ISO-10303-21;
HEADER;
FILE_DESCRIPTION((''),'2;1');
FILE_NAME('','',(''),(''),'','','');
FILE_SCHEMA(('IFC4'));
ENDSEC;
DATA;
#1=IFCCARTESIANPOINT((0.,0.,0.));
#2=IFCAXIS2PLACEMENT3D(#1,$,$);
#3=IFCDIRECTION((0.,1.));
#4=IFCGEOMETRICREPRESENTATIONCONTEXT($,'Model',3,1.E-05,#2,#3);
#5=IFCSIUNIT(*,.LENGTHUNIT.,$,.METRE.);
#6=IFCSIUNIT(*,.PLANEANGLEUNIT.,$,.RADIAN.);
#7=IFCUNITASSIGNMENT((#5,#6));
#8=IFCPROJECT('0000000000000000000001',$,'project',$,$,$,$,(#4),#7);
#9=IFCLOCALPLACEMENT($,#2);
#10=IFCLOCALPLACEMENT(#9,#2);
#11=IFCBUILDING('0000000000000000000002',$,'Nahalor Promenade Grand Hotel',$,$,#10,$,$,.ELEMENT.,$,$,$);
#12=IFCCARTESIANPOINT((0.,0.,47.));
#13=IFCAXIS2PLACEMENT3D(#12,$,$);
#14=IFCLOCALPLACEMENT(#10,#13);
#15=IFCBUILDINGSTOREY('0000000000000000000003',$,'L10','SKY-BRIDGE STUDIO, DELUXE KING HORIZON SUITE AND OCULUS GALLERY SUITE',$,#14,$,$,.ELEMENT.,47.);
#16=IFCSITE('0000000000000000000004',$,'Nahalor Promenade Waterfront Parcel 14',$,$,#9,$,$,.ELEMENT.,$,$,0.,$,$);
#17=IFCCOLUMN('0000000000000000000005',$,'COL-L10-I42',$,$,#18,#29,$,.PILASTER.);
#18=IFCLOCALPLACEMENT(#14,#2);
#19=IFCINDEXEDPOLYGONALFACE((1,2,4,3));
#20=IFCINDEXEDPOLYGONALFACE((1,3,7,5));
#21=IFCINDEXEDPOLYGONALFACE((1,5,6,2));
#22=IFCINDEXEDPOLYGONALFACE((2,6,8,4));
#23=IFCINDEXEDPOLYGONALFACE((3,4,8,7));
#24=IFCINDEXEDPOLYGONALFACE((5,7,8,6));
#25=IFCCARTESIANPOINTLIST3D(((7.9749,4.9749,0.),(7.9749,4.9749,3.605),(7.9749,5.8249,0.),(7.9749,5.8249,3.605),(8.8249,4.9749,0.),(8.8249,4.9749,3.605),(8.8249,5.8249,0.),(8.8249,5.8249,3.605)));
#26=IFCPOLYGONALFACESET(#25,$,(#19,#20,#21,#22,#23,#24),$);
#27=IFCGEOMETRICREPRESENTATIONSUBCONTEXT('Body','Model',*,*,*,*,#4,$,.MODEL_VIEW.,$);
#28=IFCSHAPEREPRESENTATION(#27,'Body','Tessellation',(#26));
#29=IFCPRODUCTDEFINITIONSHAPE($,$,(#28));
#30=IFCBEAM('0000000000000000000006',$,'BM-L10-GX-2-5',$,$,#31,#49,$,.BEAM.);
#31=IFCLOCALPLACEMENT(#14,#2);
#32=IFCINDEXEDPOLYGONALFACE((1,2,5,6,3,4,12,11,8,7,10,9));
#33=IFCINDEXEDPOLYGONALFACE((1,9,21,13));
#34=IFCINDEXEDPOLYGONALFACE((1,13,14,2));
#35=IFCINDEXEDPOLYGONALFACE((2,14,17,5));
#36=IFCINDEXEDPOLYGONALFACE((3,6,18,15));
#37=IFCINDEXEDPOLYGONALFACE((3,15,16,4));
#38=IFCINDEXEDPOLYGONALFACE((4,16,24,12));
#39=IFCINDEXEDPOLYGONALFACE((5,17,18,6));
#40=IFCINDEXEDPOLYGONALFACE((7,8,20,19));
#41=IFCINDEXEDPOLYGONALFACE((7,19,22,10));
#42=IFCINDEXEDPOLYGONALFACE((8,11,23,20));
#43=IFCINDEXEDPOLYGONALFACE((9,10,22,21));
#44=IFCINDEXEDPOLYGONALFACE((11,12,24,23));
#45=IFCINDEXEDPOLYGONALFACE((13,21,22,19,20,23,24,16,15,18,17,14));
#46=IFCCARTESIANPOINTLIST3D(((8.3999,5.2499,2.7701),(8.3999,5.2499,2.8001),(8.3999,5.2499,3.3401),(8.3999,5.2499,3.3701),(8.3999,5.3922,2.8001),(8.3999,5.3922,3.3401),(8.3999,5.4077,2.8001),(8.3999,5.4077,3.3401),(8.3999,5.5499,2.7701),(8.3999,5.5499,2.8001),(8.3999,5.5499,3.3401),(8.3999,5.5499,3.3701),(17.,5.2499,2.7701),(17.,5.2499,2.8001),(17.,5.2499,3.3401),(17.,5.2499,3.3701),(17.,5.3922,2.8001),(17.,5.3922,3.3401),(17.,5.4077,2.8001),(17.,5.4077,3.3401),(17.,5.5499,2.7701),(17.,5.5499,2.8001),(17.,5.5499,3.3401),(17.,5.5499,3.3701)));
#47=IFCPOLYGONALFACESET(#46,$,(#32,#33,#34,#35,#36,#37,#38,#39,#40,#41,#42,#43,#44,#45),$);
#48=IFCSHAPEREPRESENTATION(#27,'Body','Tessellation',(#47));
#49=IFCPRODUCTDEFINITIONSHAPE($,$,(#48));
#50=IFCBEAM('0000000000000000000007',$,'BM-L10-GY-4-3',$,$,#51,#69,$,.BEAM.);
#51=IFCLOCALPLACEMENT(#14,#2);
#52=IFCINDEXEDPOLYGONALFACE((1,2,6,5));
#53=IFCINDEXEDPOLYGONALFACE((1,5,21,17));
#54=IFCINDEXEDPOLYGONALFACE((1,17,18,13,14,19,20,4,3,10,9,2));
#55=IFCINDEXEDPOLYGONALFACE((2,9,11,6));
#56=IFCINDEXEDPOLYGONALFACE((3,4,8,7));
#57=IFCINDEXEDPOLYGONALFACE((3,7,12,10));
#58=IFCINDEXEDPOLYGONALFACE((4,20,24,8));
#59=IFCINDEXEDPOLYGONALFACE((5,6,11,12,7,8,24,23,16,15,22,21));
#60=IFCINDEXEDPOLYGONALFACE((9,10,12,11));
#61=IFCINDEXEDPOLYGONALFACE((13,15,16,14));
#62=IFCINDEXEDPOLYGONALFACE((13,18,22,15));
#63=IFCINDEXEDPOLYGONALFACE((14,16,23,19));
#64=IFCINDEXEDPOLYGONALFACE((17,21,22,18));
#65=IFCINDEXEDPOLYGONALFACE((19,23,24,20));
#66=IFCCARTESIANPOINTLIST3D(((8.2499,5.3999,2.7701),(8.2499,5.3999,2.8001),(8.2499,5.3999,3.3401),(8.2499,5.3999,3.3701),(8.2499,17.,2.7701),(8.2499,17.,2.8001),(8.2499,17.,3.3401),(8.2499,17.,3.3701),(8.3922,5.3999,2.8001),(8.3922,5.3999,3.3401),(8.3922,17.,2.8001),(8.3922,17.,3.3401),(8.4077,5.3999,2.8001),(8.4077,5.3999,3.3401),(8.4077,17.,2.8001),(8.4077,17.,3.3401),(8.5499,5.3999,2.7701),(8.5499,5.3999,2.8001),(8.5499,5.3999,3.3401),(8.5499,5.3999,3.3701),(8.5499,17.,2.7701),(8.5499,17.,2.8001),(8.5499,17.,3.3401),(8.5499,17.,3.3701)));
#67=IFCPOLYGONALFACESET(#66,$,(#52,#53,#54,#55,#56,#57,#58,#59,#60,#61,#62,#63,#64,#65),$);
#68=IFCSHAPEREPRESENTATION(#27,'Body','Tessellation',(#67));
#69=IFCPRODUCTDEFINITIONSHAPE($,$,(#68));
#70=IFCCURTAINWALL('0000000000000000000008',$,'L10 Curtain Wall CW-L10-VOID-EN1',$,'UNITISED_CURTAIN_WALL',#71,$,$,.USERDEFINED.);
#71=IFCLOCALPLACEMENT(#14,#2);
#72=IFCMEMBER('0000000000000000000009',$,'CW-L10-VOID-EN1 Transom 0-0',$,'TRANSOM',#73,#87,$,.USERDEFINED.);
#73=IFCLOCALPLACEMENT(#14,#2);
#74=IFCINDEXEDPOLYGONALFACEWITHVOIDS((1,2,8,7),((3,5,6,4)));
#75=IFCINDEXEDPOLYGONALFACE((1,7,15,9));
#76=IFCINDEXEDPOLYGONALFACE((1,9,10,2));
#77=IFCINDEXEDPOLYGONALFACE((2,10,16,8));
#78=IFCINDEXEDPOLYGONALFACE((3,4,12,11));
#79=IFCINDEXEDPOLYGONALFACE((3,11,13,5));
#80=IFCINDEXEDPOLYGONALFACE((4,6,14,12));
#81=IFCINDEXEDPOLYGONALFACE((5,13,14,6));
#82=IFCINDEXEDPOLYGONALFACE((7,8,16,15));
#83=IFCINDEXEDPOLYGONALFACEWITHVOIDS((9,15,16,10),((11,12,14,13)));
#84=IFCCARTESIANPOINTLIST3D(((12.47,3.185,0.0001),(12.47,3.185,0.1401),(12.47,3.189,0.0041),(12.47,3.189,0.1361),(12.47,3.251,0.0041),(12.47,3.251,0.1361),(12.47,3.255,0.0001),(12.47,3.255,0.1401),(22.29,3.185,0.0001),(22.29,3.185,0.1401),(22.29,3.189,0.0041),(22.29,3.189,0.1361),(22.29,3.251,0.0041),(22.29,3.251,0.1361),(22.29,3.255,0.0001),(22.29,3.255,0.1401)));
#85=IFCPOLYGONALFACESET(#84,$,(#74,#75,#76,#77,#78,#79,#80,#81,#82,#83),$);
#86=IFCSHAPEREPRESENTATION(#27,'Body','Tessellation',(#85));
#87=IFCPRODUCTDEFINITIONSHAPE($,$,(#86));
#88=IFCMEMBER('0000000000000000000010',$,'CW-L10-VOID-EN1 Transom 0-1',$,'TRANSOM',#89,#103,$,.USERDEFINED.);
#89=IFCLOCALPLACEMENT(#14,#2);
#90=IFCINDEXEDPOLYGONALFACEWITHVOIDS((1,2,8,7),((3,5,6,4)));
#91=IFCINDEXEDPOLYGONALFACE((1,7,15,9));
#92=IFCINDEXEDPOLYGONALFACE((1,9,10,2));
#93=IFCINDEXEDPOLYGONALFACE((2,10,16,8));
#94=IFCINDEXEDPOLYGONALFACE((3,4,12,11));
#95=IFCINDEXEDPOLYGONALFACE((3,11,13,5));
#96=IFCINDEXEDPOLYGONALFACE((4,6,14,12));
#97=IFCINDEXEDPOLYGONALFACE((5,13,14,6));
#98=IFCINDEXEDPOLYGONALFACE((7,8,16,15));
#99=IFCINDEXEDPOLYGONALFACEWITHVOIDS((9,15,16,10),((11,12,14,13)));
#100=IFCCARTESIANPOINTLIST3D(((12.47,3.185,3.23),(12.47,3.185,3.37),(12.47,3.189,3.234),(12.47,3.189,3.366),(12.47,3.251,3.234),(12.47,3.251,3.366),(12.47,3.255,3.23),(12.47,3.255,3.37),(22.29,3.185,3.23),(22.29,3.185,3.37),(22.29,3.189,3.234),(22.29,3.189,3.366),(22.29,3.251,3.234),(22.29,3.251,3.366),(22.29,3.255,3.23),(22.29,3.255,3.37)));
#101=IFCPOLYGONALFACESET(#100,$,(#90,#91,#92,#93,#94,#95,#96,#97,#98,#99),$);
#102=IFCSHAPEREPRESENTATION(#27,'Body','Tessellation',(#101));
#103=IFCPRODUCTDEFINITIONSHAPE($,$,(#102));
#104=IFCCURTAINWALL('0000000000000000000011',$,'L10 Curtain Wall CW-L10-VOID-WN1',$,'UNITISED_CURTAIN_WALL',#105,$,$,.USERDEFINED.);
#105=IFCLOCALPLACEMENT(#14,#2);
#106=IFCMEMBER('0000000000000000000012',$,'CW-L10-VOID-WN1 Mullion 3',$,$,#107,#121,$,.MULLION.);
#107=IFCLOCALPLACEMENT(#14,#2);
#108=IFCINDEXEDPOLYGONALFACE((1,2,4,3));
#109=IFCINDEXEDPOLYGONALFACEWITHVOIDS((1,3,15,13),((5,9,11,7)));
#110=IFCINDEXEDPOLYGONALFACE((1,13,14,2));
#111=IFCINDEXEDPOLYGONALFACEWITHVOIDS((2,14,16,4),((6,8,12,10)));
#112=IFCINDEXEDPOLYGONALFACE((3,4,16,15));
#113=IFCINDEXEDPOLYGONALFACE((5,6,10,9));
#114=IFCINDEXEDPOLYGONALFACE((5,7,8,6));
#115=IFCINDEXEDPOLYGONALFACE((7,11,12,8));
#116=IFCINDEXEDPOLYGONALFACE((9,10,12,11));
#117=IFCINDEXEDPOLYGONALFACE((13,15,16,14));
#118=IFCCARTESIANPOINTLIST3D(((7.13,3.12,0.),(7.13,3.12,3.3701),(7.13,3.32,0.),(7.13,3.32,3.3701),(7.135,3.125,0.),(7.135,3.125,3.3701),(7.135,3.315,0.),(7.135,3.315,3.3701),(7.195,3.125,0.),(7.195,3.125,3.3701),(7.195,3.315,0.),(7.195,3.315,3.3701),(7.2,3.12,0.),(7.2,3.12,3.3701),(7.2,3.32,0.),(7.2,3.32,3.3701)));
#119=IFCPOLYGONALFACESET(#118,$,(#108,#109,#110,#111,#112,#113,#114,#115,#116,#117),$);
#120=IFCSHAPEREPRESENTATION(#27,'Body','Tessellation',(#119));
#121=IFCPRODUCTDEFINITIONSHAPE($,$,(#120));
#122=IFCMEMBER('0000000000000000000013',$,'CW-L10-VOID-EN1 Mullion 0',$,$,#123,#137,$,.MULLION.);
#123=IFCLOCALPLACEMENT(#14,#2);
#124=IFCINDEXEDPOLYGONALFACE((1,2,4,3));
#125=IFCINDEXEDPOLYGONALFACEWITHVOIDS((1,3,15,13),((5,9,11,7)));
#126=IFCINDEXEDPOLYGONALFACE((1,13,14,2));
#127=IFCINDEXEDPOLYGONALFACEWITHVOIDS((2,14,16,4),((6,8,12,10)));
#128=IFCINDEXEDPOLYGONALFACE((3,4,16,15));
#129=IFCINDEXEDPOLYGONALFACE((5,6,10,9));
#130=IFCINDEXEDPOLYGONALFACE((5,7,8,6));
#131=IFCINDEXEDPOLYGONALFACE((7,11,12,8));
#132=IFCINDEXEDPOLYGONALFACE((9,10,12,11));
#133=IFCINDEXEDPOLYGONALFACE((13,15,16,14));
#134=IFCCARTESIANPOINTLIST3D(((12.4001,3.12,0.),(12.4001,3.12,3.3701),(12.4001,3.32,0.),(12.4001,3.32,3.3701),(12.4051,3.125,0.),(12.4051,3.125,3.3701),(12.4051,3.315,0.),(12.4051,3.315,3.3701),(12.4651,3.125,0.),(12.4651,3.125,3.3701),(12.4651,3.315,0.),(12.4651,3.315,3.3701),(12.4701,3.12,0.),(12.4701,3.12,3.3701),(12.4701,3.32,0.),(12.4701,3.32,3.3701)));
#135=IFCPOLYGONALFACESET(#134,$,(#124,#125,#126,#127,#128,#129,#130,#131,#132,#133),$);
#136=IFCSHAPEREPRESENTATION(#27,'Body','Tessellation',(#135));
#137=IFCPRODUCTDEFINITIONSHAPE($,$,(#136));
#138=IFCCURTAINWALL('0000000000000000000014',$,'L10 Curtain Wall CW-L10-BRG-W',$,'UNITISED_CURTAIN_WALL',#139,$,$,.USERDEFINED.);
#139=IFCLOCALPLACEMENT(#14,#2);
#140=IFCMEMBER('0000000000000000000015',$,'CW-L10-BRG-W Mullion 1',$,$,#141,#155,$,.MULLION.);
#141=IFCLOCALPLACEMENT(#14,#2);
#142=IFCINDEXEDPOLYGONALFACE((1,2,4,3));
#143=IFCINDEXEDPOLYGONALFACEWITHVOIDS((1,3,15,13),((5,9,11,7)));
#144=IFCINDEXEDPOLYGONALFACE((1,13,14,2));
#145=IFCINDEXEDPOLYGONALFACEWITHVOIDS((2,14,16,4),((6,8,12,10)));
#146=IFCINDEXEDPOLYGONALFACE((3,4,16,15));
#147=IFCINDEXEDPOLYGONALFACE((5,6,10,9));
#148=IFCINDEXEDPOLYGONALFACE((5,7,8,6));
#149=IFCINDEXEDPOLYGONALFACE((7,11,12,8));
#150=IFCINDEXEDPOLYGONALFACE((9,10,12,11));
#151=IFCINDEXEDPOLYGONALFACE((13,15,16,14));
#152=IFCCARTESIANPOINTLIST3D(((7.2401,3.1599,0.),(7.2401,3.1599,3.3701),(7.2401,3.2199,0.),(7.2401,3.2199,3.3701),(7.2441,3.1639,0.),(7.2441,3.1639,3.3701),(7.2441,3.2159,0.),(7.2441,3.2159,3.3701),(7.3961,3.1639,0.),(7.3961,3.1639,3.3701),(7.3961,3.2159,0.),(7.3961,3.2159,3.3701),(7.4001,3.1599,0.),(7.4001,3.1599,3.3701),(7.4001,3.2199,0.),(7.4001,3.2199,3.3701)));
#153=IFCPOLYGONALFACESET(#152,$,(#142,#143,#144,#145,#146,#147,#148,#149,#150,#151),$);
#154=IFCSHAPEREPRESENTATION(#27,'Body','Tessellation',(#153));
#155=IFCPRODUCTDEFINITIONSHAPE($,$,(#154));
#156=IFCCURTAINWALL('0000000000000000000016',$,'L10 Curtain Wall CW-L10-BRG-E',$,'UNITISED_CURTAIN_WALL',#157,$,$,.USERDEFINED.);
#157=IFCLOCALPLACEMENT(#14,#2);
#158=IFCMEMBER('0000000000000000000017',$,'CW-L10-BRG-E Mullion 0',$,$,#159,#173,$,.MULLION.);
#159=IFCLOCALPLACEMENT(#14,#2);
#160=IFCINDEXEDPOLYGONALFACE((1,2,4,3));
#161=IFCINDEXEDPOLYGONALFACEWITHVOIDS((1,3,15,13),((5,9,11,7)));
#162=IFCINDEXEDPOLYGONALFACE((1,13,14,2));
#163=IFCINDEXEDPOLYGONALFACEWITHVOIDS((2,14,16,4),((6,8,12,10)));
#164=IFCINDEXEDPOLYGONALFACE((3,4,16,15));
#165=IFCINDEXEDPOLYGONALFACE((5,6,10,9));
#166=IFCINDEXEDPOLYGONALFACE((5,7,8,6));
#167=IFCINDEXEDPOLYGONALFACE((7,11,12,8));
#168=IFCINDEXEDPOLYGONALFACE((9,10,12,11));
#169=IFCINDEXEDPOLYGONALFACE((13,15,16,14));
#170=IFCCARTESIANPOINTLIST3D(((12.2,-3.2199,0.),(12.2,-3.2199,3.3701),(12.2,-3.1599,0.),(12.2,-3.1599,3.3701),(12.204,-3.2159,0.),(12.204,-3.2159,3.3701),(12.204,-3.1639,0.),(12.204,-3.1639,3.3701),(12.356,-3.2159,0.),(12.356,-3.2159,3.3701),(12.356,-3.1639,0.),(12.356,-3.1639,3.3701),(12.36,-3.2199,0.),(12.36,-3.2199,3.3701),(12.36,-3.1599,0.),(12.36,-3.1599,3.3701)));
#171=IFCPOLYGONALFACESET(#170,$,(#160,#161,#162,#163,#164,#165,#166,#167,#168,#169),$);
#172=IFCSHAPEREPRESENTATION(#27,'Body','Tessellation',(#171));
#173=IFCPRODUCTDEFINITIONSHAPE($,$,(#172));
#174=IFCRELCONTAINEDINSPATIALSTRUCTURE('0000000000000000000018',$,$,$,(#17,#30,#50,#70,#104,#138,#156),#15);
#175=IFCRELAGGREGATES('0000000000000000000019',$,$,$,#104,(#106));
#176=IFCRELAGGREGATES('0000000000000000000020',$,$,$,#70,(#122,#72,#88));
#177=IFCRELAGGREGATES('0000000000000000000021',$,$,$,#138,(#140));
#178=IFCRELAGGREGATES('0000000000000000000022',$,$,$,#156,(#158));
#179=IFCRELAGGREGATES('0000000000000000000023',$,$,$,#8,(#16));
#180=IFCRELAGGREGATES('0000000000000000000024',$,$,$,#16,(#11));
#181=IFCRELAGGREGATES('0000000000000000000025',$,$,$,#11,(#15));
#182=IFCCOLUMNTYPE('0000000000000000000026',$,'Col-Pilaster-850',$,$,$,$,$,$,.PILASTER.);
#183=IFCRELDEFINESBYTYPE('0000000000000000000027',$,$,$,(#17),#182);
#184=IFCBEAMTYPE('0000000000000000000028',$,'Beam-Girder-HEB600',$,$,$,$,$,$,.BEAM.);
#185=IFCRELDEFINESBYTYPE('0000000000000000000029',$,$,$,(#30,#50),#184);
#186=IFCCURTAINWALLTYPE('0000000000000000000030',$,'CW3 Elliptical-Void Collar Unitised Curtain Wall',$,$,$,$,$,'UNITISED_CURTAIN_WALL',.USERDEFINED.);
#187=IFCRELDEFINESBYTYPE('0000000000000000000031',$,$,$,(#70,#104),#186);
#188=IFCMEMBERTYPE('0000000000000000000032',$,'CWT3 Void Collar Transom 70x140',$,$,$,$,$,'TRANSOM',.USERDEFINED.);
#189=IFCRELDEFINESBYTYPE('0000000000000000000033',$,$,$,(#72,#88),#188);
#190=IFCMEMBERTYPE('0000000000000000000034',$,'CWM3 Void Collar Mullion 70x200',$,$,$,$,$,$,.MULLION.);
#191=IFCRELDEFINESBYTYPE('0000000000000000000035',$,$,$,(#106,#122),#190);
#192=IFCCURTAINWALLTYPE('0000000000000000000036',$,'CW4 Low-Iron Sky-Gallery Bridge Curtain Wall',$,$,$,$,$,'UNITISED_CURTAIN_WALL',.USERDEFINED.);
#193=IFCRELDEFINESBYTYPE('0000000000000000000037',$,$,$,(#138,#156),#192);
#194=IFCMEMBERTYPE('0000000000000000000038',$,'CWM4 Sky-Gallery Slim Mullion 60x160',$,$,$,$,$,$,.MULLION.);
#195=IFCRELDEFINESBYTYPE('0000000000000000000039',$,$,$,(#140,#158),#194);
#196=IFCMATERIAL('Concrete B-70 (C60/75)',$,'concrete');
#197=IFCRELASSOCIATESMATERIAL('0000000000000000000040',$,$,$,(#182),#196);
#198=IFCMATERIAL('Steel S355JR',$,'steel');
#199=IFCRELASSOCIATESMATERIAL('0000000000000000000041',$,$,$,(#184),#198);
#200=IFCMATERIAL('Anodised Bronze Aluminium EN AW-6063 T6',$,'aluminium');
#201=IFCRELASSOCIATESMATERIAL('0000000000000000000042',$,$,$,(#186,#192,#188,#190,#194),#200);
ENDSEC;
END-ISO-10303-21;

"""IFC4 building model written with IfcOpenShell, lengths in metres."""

from ifc_helpers import new_model, si_unit, direction, frame, origin, origin_2d, place, context, subcontext, project, spatial, rectangle, hollow_rectangle, i_section, extrude, source, transform, mapped, material, material_profile, profile_set, type_object, element, aggregate, save


model = new_model("IFC4")

# Units and contexts
model_context = context("Model", 3, precision=1e-05, world=origin(), true_north=direction((0.0, 1.0)))
body_context = subcontext(model_context, "Body", "Model", "MODEL_VIEW")
ifc_project = project(units=[si_unit("LENGTHUNIT", "METRE"), si_unit("PLANEANGLEUNIT", "RADIAN")], contexts=[model_context])

# Site, building, storey
site_placement = place(None, origin())
site = spatial("IfcSite", under=ifc_project, at=site_placement, Name="Nahalor Promenade Waterfront Parcel 14", CompositionType="ELEMENT", RefElevation=0.0)
building_placement = place(site_placement, origin())
building = spatial("IfcBuilding", under=site, at=building_placement, Name="Nahalor Promenade Grand Hotel", CompositionType="ELEMENT")
storey_placement = place(building_placement, frame((0.0, 0.0, 47.0)))
storey = spatial("IfcBuildingStorey", under=building, at=storey_placement, Name="L10", Description="SKY-BRIDGE STUDIO, DELUXE KING HORIZON SUITE AND OCULUS GALLERY SUITE", CompositionType="ELEMENT", Elevation=47.0)

# Column
ifc_material_1 = material(Name="Concrete B-70 (C60/75)", Category="concrete")
ifc_material_profile_1 = material_profile(ifc_material_1, rectangle(XDim=0.85, YDim=0.85, at=origin_2d()), Name="RC 850x850")
ifc_profile_set_1 = profile_set([ifc_material_profile_1], Name="Concrete B-70 (C60/75)")
column_type = type_object("IfcColumnType", Name="Col-Pilaster-850", PredefinedType="PILASTER", material=ifc_profile_set_1)
shared_shape_1 = source(origin(), body_context, "Body", "SweptSolid", [
    extrude(rectangle(XDim=0.85, YDim=0.85, at=origin_2d()), origin(), (0.0, 0.0, 1.0), 3.605),
])
column_placement = place(storey_placement, frame((8.3999, 5.3999, 0.0), z_axis=(0.0, 0.0, 1.0), x_axis=(1.0, 0.0, 0.0)))
element("IfcColumn", 1, at=column_placement, inside=storey, type_object=column_type, Name="COL-L10-I42", PredefinedType="PILASTER", context=body_context, shape_type="MappedRepresentation", body=[
    mapped(shared_shape_1, transform((0.0, 0.0, 0.0), scale=1.0)),
])

# Beams
ifc_material_2 = material(Name="Steel S355JR", Category="steel")
ifc_material_profile_2 = material_profile(ifc_material_2, i_section(OverallWidth=0.3, OverallDepth=0.6, WebThickness=0.0155, FlangeThickness=0.03, at=origin_2d()), Name="HEB 600")
ifc_profile_set_2 = profile_set([ifc_material_profile_2], Name="Steel S355JR")
beam_type = type_object("IfcBeamType", Name="Beam-Girder-HEB600", PredefinedType="BEAM", material=ifc_profile_set_2)
shared_shape_2 = source(origin(), body_context, "Body", "SweptSolid", [
    extrude(i_section(OverallWidth=0.3, OverallDepth=0.6, WebThickness=0.0155, FlangeThickness=0.03, at=origin_2d()), origin(), (0.0, 0.0, 1.0), 8.6001),
])
beam_1_placement = place(storey_placement, frame((8.3999, 5.3999, 3.0701), z_axis=(1.0, 0.0, 0.0), x_axis=(0.0, 1.0, 0.0)))
element("IfcBeam", 2, at=beam_1_placement, inside=storey, type_object=beam_type, Name="BM-L10-GX-2-5", PredefinedType="BEAM", context=body_context, shape_type="MappedRepresentation", body=[
    mapped(shared_shape_2, transform((0.0, 0.0, 0.0), scale=1.0)),
])
shared_shape_3 = source(origin(), body_context, "Body", "SweptSolid", [
    extrude(i_section(OverallWidth=0.3, OverallDepth=0.6, WebThickness=0.0155, FlangeThickness=0.03, at=origin_2d()), origin(), (0.0, 0.0, 1.0), 11.6001),
])
beam_2_placement = place(storey_placement, frame((8.3999, 5.3999, 3.0701), z_axis=(0.0, 1.0, 0.0), x_axis=(-1.0, 0.0, 0.0)))
element("IfcBeam", 3, at=beam_2_placement, inside=storey, type_object=beam_type, Name="BM-L10-GY-4-3", PredefinedType="BEAM", context=body_context, shape_type="MappedRepresentation", body=[
    mapped(shared_shape_3, transform((0.0, 0.0, 0.0), scale=1.0)),
])

# Curtain wall, members
ifc_material_3 = material(Name="Anodised Bronze Aluminium EN AW-6063 T6", Category="aluminium")
curtain_wall_type_1 = type_object("IfcCurtainWallType", Name="CW3 Elliptical-Void Collar Unitised Curtain Wall", ElementType="UNITISED_CURTAIN_WALL", PredefinedType="USERDEFINED", material=ifc_material_3)
curtain_wall_1_placement = place(storey_placement, origin())
curtain_wall_1 = element("IfcCurtainWall", 4, at=curtain_wall_1_placement, inside=storey, type_object=curtain_wall_type_1, Name="L10 Curtain Wall CW-L10-VOID-EN1", ObjectType="UNITISED_CURTAIN_WALL", PredefinedType="USERDEFINED")
ifc_material_profile_3 = material_profile(ifc_material_3, hollow_rectangle(XDim=0.07, YDim=0.14, WallThickness=0.004, at=origin_2d()), Name="CWT 70x140x4")
ifc_profile_set_3 = profile_set([ifc_material_profile_3], Name="Anodised Bronze Aluminium EN AW-6063 T6")
member_type_1 = type_object("IfcMemberType", Name="CWT3 Void Collar Transom 70x140", ElementType="TRANSOM", PredefinedType="USERDEFINED", material=ifc_profile_set_3)
shared_shape_4 = source(origin(), body_context, "Body", "SweptSolid", [
    extrude(hollow_rectangle(XDim=0.07, YDim=0.14, WallThickness=0.004, at=origin_2d()), origin(), (0.0, 0.0, 1.0), 9.8201),
])
member_1_placement = place(storey_placement, frame((12.47, 3.22, 0.0701), z_axis=(1.0, 0.0, 0.0), x_axis=(0.0, 1.0, 0.0)))
member_1 = element("IfcMember", 5, at=member_1_placement, type_object=member_type_1, Name="CW-L10-VOID-EN1 Transom 0-0", ObjectType="TRANSOM", PredefinedType="USERDEFINED", context=body_context, shape_type="MappedRepresentation", body=[
    mapped(shared_shape_4, transform((0.0, 0.0, 0.0), scale=1.0)),
])
member_2_placement = place(storey_placement, frame((12.47, 3.22, 3.3), z_axis=(1.0, 0.0, 0.0), x_axis=(0.0, 1.0, 0.0)))
member_2 = element("IfcMember", 6, at=member_2_placement, type_object=member_type_1, Name="CW-L10-VOID-EN1 Transom 0-1", ObjectType="TRANSOM", PredefinedType="USERDEFINED", context=body_context, shape_type="MappedRepresentation", body=[
    mapped(shared_shape_4, transform((0.0, 0.0, 0.0), scale=1.0)),
])

# Curtain wall, member
curtain_wall_2_placement = place(storey_placement, origin())
curtain_wall_2 = element("IfcCurtainWall", 7, at=curtain_wall_2_placement, inside=storey, type_object=curtain_wall_type_1, Name="L10 Curtain Wall CW-L10-VOID-WN1", ObjectType="UNITISED_CURTAIN_WALL", PredefinedType="USERDEFINED")
ifc_material_profile_4 = material_profile(ifc_material_3, hollow_rectangle(XDim=0.07, YDim=0.2, WallThickness=0.005, at=origin_2d()), Name="CWM 70x200x5")
ifc_profile_set_4 = profile_set([ifc_material_profile_4], Name="Anodised Bronze Aluminium EN AW-6063 T6")
member_type_2 = type_object("IfcMemberType", Name="CWM3 Void Collar Mullion 70x200", PredefinedType="MULLION", material=ifc_profile_set_4)
shared_shape_5 = source(origin(), body_context, "Body", "SweptSolid", [
    extrude(hollow_rectangle(XDim=0.07, YDim=0.2, WallThickness=0.005, at=origin_2d()), origin(), (0.0, 0.0, 1.0), 3.3701),
])
member_3_placement = place(storey_placement, frame((7.165, 3.22, 0.0), z_axis=(0.0, 0.0, 1.0), x_axis=(1.0, 0.0, 0.0)))
member_3 = element("IfcMember", 8, at=member_3_placement, type_object=member_type_2, Name="CW-L10-VOID-WN1 Mullion 3", PredefinedType="MULLION", context=body_context, shape_type="MappedRepresentation", body=[
    mapped(shared_shape_5, transform((0.0, 0.0, 0.0), scale=1.0)),
])
aggregate(curtain_wall_2, [member_3])

# Member
member_4_placement = place(storey_placement, frame((12.4351, 3.22, 0.0), z_axis=(0.0, 0.0, 1.0), x_axis=(1.0, 0.0, 0.0)))
member_4 = element("IfcMember", 9, at=member_4_placement, type_object=member_type_2, Name="CW-L10-VOID-EN1 Mullion 0", PredefinedType="MULLION", context=body_context, shape_type="MappedRepresentation", body=[
    mapped(shared_shape_5, transform((0.0, 0.0, 0.0), scale=1.0)),
])
aggregate(curtain_wall_1, [member_4, member_1, member_2])

# Curtain wall, member
curtain_wall_type_2 = type_object("IfcCurtainWallType", Name="CW4 Low-Iron Sky-Gallery Bridge Curtain Wall", ElementType="UNITISED_CURTAIN_WALL", PredefinedType="USERDEFINED", material=ifc_material_3)
curtain_wall_3_placement = place(storey_placement, origin())
curtain_wall_3 = element("IfcCurtainWall", 10, at=curtain_wall_3_placement, inside=storey, type_object=curtain_wall_type_2, Name="L10 Curtain Wall CW-L10-BRG-W", ObjectType="UNITISED_CURTAIN_WALL", PredefinedType="USERDEFINED")
ifc_material_profile_5 = material_profile(ifc_material_3, hollow_rectangle(XDim=0.06, YDim=0.16, WallThickness=0.004, at=origin_2d()), Name="CWM 60x160x4")
ifc_profile_set_5 = profile_set([ifc_material_profile_5], Name="Anodised Bronze Aluminium EN AW-6063 T6")
member_type_3 = type_object("IfcMemberType", Name="CWM4 Sky-Gallery Slim Mullion 60x160", PredefinedType="MULLION", material=ifc_profile_set_5)
shared_shape_6 = source(origin(), body_context, "Body", "SweptSolid", [
    extrude(hollow_rectangle(XDim=0.06, YDim=0.16, WallThickness=0.004, at=origin_2d()), origin(), (0.0, 0.0, 1.0), 3.3701),
])
member_5_placement = place(storey_placement, frame((7.3201, 3.1899, 0.0), z_axis=(0.0, 0.0, 1.0), x_axis=(0.0, 1.0, 0.0)))
member_5 = element("IfcMember", 11, at=member_5_placement, type_object=member_type_3, Name="CW-L10-BRG-W Mullion 1", PredefinedType="MULLION", context=body_context, shape_type="MappedRepresentation", body=[
    mapped(shared_shape_6, transform((0.0, 0.0, 0.0), scale=1.0)),
])

# Curtain wall, member
curtain_wall_4_placement = place(storey_placement, origin())
curtain_wall_4 = element("IfcCurtainWall", 12, at=curtain_wall_4_placement, inside=storey, type_object=curtain_wall_type_2, Name="L10 Curtain Wall CW-L10-BRG-E", ObjectType="UNITISED_CURTAIN_WALL", PredefinedType="USERDEFINED")
member_6_placement = place(storey_placement, frame((12.28, -3.1899, 0.0), z_axis=(0.0, 0.0, 1.0), x_axis=(0.0, 1.0, 0.0)))
member_6 = element("IfcMember", 13, at=member_6_placement, type_object=member_type_3, Name="CW-L10-BRG-E Mullion 0", PredefinedType="MULLION", context=body_context, shape_type="MappedRepresentation", body=[
    mapped(shared_shape_6, transform((0.0, 0.0, 0.0), scale=1.0)),
])

aggregate(curtain_wall_3, [member_5])
aggregate(curtain_wall_4, [member_6])

save(model, "model.ifc")
